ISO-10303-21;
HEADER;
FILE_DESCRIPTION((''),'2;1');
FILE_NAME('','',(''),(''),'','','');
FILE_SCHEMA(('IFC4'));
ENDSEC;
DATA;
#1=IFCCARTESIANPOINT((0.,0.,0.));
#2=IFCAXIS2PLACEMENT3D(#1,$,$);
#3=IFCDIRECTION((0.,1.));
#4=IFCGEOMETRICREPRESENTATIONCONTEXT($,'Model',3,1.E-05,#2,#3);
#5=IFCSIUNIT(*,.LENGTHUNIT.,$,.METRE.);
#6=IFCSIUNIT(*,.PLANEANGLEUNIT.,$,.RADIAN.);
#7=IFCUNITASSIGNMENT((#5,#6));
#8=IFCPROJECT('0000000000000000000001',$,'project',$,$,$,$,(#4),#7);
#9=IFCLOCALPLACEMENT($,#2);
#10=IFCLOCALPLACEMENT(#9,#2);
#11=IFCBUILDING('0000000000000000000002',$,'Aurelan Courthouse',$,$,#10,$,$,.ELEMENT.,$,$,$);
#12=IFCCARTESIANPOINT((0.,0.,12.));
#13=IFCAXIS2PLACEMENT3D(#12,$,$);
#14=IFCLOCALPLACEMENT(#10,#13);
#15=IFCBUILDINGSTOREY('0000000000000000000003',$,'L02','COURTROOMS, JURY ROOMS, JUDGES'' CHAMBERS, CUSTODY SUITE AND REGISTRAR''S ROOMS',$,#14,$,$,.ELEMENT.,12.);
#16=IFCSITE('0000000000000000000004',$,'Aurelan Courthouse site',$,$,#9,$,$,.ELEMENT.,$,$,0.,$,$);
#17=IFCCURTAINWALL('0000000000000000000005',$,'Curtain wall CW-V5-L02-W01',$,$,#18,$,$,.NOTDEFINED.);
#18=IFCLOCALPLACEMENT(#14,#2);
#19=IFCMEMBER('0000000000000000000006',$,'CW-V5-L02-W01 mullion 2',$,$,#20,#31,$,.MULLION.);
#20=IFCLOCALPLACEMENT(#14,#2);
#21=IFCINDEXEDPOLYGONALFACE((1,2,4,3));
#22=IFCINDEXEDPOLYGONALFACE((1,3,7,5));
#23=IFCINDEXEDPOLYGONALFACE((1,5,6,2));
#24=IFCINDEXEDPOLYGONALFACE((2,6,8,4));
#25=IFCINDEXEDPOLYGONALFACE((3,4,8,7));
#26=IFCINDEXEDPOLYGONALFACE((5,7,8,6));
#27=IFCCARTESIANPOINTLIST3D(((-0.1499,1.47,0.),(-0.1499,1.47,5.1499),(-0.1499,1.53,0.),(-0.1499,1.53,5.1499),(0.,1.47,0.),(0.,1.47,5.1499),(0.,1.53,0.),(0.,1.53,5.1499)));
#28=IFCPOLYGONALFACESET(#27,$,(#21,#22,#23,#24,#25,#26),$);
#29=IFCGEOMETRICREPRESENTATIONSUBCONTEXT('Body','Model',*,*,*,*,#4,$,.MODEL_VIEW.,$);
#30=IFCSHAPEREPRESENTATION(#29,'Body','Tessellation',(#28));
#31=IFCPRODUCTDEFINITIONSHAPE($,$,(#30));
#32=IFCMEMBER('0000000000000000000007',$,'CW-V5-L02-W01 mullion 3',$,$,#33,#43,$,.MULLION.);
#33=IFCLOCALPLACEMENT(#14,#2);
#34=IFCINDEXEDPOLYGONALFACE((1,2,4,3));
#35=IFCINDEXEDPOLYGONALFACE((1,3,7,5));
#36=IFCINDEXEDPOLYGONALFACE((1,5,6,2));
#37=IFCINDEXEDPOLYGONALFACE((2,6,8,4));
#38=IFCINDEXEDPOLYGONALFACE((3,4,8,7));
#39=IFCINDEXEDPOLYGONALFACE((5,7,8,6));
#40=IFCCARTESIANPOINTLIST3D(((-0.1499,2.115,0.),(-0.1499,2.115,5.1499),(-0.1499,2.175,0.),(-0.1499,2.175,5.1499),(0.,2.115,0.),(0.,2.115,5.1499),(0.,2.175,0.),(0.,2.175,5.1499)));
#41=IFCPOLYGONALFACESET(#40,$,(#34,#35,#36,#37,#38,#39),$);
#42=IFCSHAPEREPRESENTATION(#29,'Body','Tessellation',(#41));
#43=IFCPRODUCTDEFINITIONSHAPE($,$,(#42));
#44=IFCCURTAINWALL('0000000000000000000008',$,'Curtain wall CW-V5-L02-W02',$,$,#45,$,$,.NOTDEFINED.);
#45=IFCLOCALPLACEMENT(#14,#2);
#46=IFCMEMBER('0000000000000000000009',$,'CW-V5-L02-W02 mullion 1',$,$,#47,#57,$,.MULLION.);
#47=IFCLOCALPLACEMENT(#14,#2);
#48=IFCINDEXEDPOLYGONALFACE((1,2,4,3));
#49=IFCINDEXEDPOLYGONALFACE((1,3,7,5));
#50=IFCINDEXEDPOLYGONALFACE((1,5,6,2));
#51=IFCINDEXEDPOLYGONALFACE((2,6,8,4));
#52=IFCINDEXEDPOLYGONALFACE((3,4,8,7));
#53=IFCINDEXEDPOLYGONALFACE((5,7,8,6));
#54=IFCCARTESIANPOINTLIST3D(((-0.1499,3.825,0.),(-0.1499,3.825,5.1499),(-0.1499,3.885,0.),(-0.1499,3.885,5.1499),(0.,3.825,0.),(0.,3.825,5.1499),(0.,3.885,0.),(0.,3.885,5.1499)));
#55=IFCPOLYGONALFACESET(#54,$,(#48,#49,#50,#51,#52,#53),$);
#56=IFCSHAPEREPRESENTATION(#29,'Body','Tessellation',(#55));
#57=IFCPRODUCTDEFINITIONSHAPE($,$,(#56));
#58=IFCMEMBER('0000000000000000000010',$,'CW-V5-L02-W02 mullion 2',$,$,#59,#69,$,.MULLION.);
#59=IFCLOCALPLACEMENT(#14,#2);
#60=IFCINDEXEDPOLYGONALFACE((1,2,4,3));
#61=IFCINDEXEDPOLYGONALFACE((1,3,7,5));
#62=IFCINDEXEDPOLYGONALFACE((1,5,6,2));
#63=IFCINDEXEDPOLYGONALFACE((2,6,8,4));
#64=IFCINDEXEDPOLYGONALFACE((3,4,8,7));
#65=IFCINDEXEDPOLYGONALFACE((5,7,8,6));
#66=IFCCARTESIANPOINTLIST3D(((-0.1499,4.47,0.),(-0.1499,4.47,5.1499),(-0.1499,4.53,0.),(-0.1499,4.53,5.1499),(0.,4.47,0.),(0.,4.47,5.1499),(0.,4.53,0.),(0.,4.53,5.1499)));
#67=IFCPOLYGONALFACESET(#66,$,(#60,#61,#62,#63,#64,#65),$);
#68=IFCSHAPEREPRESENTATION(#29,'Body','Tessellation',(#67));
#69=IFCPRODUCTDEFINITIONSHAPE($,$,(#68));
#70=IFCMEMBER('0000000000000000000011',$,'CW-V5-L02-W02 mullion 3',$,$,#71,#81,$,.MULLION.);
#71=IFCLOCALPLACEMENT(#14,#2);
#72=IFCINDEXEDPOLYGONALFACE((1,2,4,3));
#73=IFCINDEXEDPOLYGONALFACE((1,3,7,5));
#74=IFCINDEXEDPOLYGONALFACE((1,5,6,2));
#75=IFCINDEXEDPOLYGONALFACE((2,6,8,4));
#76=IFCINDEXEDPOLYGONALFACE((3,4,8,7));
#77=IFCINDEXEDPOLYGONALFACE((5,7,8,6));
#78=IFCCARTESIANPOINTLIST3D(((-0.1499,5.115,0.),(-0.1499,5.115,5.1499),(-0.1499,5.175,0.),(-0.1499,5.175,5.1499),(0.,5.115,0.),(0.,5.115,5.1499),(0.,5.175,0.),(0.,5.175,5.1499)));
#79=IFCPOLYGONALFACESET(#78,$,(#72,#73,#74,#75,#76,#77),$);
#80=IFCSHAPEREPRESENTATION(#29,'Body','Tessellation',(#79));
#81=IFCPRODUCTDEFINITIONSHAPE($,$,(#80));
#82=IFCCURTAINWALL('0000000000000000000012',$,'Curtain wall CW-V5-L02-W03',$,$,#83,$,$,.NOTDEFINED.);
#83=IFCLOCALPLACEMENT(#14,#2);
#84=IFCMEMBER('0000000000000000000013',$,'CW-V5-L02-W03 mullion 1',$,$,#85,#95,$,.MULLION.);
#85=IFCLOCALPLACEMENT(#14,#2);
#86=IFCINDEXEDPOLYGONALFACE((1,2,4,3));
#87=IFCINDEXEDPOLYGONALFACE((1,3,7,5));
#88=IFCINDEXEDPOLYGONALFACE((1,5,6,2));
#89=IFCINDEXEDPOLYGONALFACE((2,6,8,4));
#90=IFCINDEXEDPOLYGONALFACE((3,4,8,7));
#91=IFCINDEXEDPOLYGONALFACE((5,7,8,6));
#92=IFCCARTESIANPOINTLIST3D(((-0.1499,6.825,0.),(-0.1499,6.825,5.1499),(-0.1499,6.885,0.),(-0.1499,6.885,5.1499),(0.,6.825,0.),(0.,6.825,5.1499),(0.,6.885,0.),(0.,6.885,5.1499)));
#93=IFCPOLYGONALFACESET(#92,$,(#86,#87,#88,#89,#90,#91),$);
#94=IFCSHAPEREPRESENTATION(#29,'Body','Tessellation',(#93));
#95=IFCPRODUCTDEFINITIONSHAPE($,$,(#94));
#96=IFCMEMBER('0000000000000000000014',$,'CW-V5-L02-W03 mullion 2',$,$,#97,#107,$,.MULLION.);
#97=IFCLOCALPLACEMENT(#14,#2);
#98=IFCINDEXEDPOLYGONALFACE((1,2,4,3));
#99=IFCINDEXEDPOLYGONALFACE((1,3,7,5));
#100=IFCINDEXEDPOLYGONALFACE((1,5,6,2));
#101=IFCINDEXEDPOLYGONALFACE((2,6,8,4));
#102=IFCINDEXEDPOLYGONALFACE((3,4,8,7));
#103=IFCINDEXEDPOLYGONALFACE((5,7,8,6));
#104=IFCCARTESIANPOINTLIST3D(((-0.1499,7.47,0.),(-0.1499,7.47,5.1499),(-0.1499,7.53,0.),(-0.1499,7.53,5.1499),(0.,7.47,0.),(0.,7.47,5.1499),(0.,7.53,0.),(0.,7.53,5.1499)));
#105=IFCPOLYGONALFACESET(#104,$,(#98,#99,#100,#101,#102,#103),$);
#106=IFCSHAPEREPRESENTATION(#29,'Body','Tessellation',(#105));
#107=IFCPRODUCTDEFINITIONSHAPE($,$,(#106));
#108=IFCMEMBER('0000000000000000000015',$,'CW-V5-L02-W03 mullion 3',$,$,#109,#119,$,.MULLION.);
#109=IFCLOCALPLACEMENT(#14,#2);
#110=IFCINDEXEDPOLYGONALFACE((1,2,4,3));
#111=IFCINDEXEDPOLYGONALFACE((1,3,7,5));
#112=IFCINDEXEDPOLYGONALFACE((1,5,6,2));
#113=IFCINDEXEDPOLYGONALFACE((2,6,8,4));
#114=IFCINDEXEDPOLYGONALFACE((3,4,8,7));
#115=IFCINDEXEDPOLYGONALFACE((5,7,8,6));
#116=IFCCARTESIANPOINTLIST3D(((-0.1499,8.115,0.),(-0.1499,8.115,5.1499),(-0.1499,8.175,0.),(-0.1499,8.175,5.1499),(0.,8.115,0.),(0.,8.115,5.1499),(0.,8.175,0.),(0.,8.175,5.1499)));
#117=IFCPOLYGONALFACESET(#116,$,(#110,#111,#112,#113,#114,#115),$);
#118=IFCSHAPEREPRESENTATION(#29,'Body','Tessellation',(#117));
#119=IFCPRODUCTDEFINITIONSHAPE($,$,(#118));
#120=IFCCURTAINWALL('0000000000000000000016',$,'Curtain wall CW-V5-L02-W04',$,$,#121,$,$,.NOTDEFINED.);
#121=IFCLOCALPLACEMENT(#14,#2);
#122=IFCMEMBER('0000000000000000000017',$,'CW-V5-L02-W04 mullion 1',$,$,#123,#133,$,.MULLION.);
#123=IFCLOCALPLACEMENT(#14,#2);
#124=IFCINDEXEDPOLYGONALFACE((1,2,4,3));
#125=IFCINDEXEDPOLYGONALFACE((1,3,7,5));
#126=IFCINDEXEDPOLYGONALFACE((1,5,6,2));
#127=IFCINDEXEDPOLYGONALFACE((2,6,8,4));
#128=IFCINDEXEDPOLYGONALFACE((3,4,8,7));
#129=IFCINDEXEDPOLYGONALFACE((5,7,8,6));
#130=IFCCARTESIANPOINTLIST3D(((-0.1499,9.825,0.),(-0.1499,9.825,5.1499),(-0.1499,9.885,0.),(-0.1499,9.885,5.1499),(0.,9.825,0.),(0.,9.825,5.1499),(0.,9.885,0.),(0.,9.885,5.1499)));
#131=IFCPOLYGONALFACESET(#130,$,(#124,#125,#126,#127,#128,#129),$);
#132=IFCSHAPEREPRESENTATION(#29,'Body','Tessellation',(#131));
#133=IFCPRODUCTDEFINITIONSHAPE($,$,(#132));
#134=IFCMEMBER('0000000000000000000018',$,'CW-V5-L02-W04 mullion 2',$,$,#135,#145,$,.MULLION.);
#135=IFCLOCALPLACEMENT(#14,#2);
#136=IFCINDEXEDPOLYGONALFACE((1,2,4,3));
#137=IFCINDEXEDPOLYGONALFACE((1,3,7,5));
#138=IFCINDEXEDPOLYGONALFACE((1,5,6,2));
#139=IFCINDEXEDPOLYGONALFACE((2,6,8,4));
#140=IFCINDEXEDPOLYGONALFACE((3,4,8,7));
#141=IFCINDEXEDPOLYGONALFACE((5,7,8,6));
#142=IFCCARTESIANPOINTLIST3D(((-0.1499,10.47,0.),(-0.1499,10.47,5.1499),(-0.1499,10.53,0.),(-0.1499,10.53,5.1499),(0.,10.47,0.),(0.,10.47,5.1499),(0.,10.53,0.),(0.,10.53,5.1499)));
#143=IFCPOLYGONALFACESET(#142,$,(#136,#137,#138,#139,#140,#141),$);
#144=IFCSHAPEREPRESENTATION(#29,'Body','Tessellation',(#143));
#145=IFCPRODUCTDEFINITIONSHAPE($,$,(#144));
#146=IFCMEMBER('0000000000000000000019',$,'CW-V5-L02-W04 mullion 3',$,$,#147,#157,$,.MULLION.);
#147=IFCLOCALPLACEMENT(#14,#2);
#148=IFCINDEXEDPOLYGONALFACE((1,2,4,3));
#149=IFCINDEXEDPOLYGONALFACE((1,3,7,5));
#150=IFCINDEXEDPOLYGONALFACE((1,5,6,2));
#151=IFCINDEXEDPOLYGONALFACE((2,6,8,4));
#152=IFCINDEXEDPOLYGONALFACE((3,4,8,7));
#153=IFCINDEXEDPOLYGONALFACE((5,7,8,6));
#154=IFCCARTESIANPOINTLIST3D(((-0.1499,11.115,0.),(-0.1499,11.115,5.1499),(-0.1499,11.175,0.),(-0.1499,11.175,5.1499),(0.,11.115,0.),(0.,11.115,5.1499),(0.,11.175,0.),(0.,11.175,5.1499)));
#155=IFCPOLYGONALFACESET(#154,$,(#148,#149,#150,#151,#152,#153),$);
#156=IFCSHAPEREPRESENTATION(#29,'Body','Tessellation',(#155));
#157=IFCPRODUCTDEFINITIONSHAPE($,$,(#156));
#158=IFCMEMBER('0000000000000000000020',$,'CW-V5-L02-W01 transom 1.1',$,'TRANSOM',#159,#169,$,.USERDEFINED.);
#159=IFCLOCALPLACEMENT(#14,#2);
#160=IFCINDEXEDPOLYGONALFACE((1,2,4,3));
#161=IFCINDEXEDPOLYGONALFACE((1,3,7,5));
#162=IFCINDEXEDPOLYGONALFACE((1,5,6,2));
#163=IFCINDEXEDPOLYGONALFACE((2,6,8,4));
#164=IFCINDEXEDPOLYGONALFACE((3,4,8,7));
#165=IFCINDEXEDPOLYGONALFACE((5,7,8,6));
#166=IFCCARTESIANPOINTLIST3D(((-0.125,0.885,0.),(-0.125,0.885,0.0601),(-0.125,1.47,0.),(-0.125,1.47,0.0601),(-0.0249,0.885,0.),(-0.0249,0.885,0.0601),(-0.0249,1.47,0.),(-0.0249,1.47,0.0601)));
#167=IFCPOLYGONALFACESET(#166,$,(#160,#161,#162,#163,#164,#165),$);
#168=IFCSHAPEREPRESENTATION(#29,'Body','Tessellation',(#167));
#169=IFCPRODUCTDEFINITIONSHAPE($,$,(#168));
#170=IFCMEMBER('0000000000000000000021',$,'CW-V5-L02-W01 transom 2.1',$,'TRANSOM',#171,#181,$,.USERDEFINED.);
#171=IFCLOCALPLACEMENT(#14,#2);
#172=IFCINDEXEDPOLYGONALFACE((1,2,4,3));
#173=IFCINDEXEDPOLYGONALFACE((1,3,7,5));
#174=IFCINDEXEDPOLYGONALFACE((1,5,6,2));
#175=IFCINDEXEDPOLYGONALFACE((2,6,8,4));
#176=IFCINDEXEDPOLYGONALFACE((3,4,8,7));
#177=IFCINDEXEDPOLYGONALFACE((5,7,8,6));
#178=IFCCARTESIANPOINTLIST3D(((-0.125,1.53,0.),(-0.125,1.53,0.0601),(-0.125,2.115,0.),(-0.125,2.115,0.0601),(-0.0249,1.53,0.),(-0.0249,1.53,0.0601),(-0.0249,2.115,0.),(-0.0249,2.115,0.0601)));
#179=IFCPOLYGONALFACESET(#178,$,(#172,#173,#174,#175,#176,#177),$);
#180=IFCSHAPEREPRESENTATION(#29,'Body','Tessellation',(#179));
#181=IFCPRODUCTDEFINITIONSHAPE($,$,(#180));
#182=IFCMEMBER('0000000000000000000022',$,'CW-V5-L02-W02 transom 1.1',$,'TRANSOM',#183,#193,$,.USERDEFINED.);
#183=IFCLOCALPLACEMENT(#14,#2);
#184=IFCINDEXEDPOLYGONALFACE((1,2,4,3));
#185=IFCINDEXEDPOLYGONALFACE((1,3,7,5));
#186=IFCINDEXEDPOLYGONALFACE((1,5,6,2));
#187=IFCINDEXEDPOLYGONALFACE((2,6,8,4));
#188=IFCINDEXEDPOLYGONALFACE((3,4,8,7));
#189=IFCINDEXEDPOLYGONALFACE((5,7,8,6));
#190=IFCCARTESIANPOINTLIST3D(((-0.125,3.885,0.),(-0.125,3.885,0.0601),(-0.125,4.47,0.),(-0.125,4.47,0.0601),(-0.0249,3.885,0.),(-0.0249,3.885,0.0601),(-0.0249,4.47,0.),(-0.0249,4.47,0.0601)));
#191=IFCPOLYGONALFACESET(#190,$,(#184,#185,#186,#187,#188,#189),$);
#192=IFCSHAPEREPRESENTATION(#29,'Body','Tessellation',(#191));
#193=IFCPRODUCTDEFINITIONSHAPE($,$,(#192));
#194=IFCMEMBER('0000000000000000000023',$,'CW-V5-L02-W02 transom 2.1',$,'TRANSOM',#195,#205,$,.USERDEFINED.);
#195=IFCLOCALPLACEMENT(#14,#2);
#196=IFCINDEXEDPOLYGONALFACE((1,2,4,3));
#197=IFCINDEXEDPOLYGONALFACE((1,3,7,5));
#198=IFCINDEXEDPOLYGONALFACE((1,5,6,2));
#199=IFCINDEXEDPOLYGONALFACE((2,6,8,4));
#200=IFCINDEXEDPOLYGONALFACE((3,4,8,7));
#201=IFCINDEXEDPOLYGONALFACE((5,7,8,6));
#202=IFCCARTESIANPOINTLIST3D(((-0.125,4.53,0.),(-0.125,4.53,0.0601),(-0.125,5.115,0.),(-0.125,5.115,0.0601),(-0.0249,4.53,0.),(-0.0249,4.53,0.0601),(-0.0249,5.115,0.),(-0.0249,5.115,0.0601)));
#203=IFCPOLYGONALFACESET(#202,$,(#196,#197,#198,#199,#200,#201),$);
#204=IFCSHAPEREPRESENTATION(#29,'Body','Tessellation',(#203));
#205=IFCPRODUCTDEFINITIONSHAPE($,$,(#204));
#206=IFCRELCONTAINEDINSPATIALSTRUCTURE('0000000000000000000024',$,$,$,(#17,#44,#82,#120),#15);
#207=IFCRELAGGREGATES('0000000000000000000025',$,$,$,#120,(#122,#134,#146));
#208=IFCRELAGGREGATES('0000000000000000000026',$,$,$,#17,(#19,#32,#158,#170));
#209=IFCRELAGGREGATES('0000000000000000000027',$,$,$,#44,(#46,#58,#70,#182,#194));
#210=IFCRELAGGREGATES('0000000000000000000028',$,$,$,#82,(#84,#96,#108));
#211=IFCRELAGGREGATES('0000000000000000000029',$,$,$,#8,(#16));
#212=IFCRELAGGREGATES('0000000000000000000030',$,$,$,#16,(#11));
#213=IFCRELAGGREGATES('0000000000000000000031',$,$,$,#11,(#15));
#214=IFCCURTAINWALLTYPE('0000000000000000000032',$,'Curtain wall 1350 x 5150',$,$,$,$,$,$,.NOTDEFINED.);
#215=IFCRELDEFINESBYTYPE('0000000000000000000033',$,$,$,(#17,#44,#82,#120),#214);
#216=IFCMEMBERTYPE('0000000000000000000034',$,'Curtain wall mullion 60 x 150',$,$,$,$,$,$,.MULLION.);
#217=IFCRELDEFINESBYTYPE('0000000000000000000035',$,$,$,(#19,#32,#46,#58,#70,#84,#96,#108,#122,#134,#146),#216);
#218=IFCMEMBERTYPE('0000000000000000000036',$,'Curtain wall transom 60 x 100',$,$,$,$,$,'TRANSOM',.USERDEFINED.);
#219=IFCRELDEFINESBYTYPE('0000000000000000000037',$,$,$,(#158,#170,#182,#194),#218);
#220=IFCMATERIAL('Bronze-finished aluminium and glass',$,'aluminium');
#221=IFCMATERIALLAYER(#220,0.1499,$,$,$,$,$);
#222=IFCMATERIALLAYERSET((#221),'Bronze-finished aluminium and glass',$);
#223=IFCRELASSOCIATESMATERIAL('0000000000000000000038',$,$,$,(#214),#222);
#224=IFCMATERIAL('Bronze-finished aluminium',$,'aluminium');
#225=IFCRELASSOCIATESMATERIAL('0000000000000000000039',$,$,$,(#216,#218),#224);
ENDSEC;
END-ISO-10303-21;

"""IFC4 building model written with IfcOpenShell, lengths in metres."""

from ifc_helpers import new_model, si_unit, direction, frame, origin, origin_2d, place, context, subcontext, project, spatial, rectangle, extrude, material, layer, layer_set, material_profile, profile_set, type_object, element, aggregate, save


model = new_model("IFC4")

# Units and contexts
model_context = context("Model", 3, precision=1e-05, world=origin(), true_north=direction((0.0, 1.0)))
body_context = subcontext(model_context, "Body", "Model", "MODEL_VIEW")
ifc_project = project(units=[si_unit("LENGTHUNIT", "METRE"), si_unit("PLANEANGLEUNIT", "RADIAN")], contexts=[model_context])

# Site, building, storey
site_placement = place(None, origin())
site = spatial("IfcSite", under=ifc_project, at=site_placement, Name="Aurelan Courthouse site", CompositionType="ELEMENT", RefElevation=0.0)
building_placement = place(site_placement, origin())
building = spatial("IfcBuilding", under=site, at=building_placement, Name="Aurelan Courthouse", CompositionType="ELEMENT")
storey_placement = place(building_placement, frame((0.0, 0.0, 12.0)))
storey = spatial("IfcBuildingStorey", under=building, at=storey_placement, Name="L02", Description="COURTROOMS, JURY ROOMS, JUDGES' CHAMBERS, CUSTODY SUITE AND REGISTRAR'S ROOMS", CompositionType="ELEMENT", Elevation=12.0)

# Curtain walls, members
ifc_material_1 = material(Name="Bronze-finished aluminium and glass", Category="aluminium")
ifc_layer_1 = layer(ifc_material_1, 0.1499)
ifc_layer_set_1 = layer_set([ifc_layer_1], Name="Bronze-finished aluminium and glass")
curtain_wall_type = type_object("IfcCurtainWallType", Name="Curtain wall 1350 x 5150", PredefinedType="NOTDEFINED", material=ifc_layer_set_1)
curtain_wall_1_placement = place(storey_placement, origin())
curtain_wall_1 = element("IfcCurtainWall", 1, at=curtain_wall_1_placement, inside=storey, type_object=curtain_wall_type, Name="Curtain wall CW-V5-L02-W01", PredefinedType="NOTDEFINED")
ifc_material_2 = material(Name="Bronze-finished aluminium", Category="aluminium")
ifc_material_profile_1 = material_profile(ifc_material_2, rectangle(XDim=0.1499, YDim=0.0601, at=origin_2d()), Name="Bronze mullion 60 x 150")
ifc_profile_set_1 = profile_set([ifc_material_profile_1], Name="Bronze-finished aluminium")
member_type_1 = type_object("IfcMemberType", Name="Curtain wall mullion 60 x 150", PredefinedType="MULLION", material=ifc_profile_set_1)
member_1_placement = place(storey_placement, frame((-0.075, 1.5, 0.0), z_axis=(0.0, 0.0, 1.0), x_axis=(-1.0, 0.0, 0.0)))
member_1 = element("IfcMember", 2, at=member_1_placement, type_object=member_type_1, Name="CW-V5-L02-W01 mullion 2", PredefinedType="MULLION", context=body_context, shape_type="SweptSolid", body=[
    extrude(rectangle(XDim=0.1499, YDim=0.0601, at=origin_2d()), origin(), (0.0, 0.0, 1.0), 5.1499),
])
member_2_placement = place(storey_placement, frame((-0.075, 2.145, 0.0), z_axis=(0.0, 0.0, 1.0), x_axis=(-1.0, 0.0, 0.0)))
member_2 = element("IfcMember", 3, at=member_2_placement, type_object=member_type_1, Name="CW-V5-L02-W01 mullion 3", PredefinedType="MULLION", context=body_context, shape_type="SweptSolid", body=[
    extrude(rectangle(XDim=0.1499, YDim=0.0601, at=origin_2d()), origin(), (0.0, 0.0, 1.0), 5.1499),
])
curtain_wall_2_placement = place(storey_placement, origin())
curtain_wall_2 = element("IfcCurtainWall", 4, at=curtain_wall_2_placement, inside=storey, type_object=curtain_wall_type, Name="Curtain wall CW-V5-L02-W02", PredefinedType="NOTDEFINED")
member_3_placement = place(storey_placement, frame((-0.075, 3.855, 0.0), z_axis=(0.0, 0.0, 1.0), x_axis=(-1.0, 0.0, 0.0)))
member_3 = element("IfcMember", 5, at=member_3_placement, type_object=member_type_1, Name="CW-V5-L02-W02 mullion 1", PredefinedType="MULLION", context=body_context, shape_type="SweptSolid", body=[
    extrude(rectangle(XDim=0.1499, YDim=0.0601, at=origin_2d()), origin(), (0.0, 0.0, 1.0), 5.1499),
])
member_4_placement = place(storey_placement, frame((-0.075, 4.5, 0.0), z_axis=(0.0, 0.0, 1.0), x_axis=(-1.0, 0.0, 0.0)))
member_4 = element("IfcMember", 6, at=member_4_placement, type_object=member_type_1, Name="CW-V5-L02-W02 mullion 2", PredefinedType="MULLION", context=body_context, shape_type="SweptSolid", body=[
    extrude(rectangle(XDim=0.1499, YDim=0.0601, at=origin_2d()), origin(), (0.0, 0.0, 1.0), 5.1499),
])
member_5_placement = place(storey_placement, frame((-0.075, 5.145, 0.0), z_axis=(0.0, 0.0, 1.0), x_axis=(-1.0, 0.0, 0.0)))
member_5 = element("IfcMember", 7, at=member_5_placement, type_object=member_type_1, Name="CW-V5-L02-W02 mullion 3", PredefinedType="MULLION", context=body_context, shape_type="SweptSolid", body=[
    extrude(rectangle(XDim=0.1499, YDim=0.0601, at=origin_2d()), origin(), (0.0, 0.0, 1.0), 5.1499),
])
curtain_wall_3_placement = place(storey_placement, origin())
curtain_wall_3 = element("IfcCurtainWall", 8, at=curtain_wall_3_placement, inside=storey, type_object=curtain_wall_type, Name="Curtain wall CW-V5-L02-W03", PredefinedType="NOTDEFINED")
member_6_placement = place(storey_placement, frame((-0.075, 6.855, 0.0), z_axis=(0.0, 0.0, 1.0), x_axis=(-1.0, 0.0, 0.0)))
member_6 = element("IfcMember", 9, at=member_6_placement, type_object=member_type_1, Name="CW-V5-L02-W03 mullion 1", PredefinedType="MULLION", context=body_context, shape_type="SweptSolid", body=[
    extrude(rectangle(XDim=0.1499, YDim=0.0601, at=origin_2d()), origin(), (0.0, 0.0, 1.0), 5.1499),
])
member_7_placement = place(storey_placement, frame((-0.075, 7.5, 0.0), z_axis=(0.0, 0.0, 1.0), x_axis=(-1.0, 0.0, 0.0)))
member_7 = element("IfcMember", 10, at=member_7_placement, type_object=member_type_1, Name="CW-V5-L02-W03 mullion 2", PredefinedType="MULLION", context=body_context, shape_type="SweptSolid", body=[
    extrude(rectangle(XDim=0.1499, YDim=0.0601, at=origin_2d()), origin(), (0.0, 0.0, 1.0), 5.1499),
])
member_8_placement = place(storey_placement, frame((-0.075, 8.145, 0.0), z_axis=(0.0, 0.0, 1.0), x_axis=(-1.0, 0.0, 0.0)))
member_8 = element("IfcMember", 11, at=member_8_placement, type_object=member_type_1, Name="CW-V5-L02-W03 mullion 3", PredefinedType="MULLION", context=body_context, shape_type="SweptSolid", body=[
    extrude(rectangle(XDim=0.1499, YDim=0.0601, at=origin_2d()), origin(), (0.0, 0.0, 1.0), 5.1499),
])
curtain_wall_4_placement = place(storey_placement, origin())
curtain_wall_4 = element("IfcCurtainWall", 12, at=curtain_wall_4_placement, inside=storey, type_object=curtain_wall_type, Name="Curtain wall CW-V5-L02-W04", PredefinedType="NOTDEFINED")
member_9_placement = place(storey_placement, frame((-0.075, 9.855, 0.0), z_axis=(0.0, 0.0, 1.0), x_axis=(-1.0, 0.0, 0.0)))
member_9 = element("IfcMember", 13, at=member_9_placement, type_object=member_type_1, Name="CW-V5-L02-W04 mullion 1", PredefinedType="MULLION", context=body_context, shape_type="SweptSolid", body=[
    extrude(rectangle(XDim=0.1499, YDim=0.0601, at=origin_2d()), origin(), (0.0, 0.0, 1.0), 5.1499),
])
member_10_placement = place(storey_placement, frame((-0.075, 10.5, 0.0), z_axis=(0.0, 0.0, 1.0), x_axis=(-1.0, 0.0, 0.0)))
member_10 = element("IfcMember", 14, at=member_10_placement, type_object=member_type_1, Name="CW-V5-L02-W04 mullion 2", PredefinedType="MULLION", context=body_context, shape_type="SweptSolid", body=[
    extrude(rectangle(XDim=0.1499, YDim=0.0601, at=origin_2d()), origin(), (0.0, 0.0, 1.0), 5.1499),
])
member_11_placement = place(storey_placement, frame((-0.075, 11.145, 0.0), z_axis=(0.0, 0.0, 1.0), x_axis=(-1.0, 0.0, 0.0)))
member_11 = element("IfcMember", 15, at=member_11_placement, type_object=member_type_1, Name="CW-V5-L02-W04 mullion 3", PredefinedType="MULLION", context=body_context, shape_type="SweptSolid", body=[
    extrude(rectangle(XDim=0.1499, YDim=0.0601, at=origin_2d()), origin(), (0.0, 0.0, 1.0), 5.1499),
])

# Members
ifc_material_profile_2 = material_profile(ifc_material_2, rectangle(XDim=0.1001, YDim=0.0601, at=origin_2d()), Name="Bronze transom 60 x 100")
ifc_profile_set_2 = profile_set([ifc_material_profile_2], Name="Bronze-finished aluminium")
member_type_2 = type_object("IfcMemberType", Name="Curtain wall transom 60 x 100", ElementType="TRANSOM", PredefinedType="USERDEFINED", material=ifc_profile_set_2)
member_12_placement = place(storey_placement, frame((-0.075, 0.885, 0.03), z_axis=(0.0, 1.0, 0.0), x_axis=(-1.0, 0.0, 0.0)))
member_12 = element("IfcMember", 16, at=member_12_placement, type_object=member_type_2, Name="CW-V5-L02-W01 transom 1.1", ObjectType="TRANSOM", PredefinedType="USERDEFINED", context=body_context, shape_type="SweptSolid", body=[
    extrude(rectangle(XDim=0.1001, YDim=0.0601, at=origin_2d()), origin(), (0.0, 0.0, 1.0), 0.585),
])
member_13_placement = place(storey_placement, frame((-0.075, 1.53, 0.03), z_axis=(0.0, 1.0, 0.0), x_axis=(-1.0, 0.0, 0.0)))
member_13 = element("IfcMember", 17, at=member_13_placement, type_object=member_type_2, Name="CW-V5-L02-W01 transom 2.1", ObjectType="TRANSOM", PredefinedType="USERDEFINED", context=body_context, shape_type="SweptSolid", body=[
    extrude(rectangle(XDim=0.1001, YDim=0.0601, at=origin_2d()), origin(), (0.0, 0.0, 1.0), 0.585),
])
member_14_placement = place(storey_placement, frame((-0.075, 3.885, 0.03), z_axis=(0.0, 1.0, 0.0), x_axis=(-1.0, 0.0, 0.0)))
member_14 = element("IfcMember", 18, at=member_14_placement, type_object=member_type_2, Name="CW-V5-L02-W02 transom 1.1", ObjectType="TRANSOM", PredefinedType="USERDEFINED", context=body_context, shape_type="SweptSolid", body=[
    extrude(rectangle(XDim=0.1001, YDim=0.0601, at=origin_2d()), origin(), (0.0, 0.0, 1.0), 0.585),
])
member_15_placement = place(storey_placement, frame((-0.075, 4.53, 0.03), z_axis=(0.0, 1.0, 0.0), x_axis=(-1.0, 0.0, 0.0)))
member_15 = element("IfcMember", 19, at=member_15_placement, type_object=member_type_2, Name="CW-V5-L02-W02 transom 2.1", ObjectType="TRANSOM", PredefinedType="USERDEFINED", context=body_context, shape_type="SweptSolid", body=[
    extrude(rectangle(XDim=0.1001, YDim=0.0601, at=origin_2d()), origin(), (0.0, 0.0, 1.0), 0.585),
])
aggregate(curtain_wall_4, [member_9, member_10, member_11])

aggregate(curtain_wall_1, [member_1, member_2, member_12, member_13])
aggregate(curtain_wall_2, [member_3, member_4, member_5, member_14, member_15])
aggregate(curtain_wall_3, [member_6, member_7, member_8])

save(model, "model.ifc")
